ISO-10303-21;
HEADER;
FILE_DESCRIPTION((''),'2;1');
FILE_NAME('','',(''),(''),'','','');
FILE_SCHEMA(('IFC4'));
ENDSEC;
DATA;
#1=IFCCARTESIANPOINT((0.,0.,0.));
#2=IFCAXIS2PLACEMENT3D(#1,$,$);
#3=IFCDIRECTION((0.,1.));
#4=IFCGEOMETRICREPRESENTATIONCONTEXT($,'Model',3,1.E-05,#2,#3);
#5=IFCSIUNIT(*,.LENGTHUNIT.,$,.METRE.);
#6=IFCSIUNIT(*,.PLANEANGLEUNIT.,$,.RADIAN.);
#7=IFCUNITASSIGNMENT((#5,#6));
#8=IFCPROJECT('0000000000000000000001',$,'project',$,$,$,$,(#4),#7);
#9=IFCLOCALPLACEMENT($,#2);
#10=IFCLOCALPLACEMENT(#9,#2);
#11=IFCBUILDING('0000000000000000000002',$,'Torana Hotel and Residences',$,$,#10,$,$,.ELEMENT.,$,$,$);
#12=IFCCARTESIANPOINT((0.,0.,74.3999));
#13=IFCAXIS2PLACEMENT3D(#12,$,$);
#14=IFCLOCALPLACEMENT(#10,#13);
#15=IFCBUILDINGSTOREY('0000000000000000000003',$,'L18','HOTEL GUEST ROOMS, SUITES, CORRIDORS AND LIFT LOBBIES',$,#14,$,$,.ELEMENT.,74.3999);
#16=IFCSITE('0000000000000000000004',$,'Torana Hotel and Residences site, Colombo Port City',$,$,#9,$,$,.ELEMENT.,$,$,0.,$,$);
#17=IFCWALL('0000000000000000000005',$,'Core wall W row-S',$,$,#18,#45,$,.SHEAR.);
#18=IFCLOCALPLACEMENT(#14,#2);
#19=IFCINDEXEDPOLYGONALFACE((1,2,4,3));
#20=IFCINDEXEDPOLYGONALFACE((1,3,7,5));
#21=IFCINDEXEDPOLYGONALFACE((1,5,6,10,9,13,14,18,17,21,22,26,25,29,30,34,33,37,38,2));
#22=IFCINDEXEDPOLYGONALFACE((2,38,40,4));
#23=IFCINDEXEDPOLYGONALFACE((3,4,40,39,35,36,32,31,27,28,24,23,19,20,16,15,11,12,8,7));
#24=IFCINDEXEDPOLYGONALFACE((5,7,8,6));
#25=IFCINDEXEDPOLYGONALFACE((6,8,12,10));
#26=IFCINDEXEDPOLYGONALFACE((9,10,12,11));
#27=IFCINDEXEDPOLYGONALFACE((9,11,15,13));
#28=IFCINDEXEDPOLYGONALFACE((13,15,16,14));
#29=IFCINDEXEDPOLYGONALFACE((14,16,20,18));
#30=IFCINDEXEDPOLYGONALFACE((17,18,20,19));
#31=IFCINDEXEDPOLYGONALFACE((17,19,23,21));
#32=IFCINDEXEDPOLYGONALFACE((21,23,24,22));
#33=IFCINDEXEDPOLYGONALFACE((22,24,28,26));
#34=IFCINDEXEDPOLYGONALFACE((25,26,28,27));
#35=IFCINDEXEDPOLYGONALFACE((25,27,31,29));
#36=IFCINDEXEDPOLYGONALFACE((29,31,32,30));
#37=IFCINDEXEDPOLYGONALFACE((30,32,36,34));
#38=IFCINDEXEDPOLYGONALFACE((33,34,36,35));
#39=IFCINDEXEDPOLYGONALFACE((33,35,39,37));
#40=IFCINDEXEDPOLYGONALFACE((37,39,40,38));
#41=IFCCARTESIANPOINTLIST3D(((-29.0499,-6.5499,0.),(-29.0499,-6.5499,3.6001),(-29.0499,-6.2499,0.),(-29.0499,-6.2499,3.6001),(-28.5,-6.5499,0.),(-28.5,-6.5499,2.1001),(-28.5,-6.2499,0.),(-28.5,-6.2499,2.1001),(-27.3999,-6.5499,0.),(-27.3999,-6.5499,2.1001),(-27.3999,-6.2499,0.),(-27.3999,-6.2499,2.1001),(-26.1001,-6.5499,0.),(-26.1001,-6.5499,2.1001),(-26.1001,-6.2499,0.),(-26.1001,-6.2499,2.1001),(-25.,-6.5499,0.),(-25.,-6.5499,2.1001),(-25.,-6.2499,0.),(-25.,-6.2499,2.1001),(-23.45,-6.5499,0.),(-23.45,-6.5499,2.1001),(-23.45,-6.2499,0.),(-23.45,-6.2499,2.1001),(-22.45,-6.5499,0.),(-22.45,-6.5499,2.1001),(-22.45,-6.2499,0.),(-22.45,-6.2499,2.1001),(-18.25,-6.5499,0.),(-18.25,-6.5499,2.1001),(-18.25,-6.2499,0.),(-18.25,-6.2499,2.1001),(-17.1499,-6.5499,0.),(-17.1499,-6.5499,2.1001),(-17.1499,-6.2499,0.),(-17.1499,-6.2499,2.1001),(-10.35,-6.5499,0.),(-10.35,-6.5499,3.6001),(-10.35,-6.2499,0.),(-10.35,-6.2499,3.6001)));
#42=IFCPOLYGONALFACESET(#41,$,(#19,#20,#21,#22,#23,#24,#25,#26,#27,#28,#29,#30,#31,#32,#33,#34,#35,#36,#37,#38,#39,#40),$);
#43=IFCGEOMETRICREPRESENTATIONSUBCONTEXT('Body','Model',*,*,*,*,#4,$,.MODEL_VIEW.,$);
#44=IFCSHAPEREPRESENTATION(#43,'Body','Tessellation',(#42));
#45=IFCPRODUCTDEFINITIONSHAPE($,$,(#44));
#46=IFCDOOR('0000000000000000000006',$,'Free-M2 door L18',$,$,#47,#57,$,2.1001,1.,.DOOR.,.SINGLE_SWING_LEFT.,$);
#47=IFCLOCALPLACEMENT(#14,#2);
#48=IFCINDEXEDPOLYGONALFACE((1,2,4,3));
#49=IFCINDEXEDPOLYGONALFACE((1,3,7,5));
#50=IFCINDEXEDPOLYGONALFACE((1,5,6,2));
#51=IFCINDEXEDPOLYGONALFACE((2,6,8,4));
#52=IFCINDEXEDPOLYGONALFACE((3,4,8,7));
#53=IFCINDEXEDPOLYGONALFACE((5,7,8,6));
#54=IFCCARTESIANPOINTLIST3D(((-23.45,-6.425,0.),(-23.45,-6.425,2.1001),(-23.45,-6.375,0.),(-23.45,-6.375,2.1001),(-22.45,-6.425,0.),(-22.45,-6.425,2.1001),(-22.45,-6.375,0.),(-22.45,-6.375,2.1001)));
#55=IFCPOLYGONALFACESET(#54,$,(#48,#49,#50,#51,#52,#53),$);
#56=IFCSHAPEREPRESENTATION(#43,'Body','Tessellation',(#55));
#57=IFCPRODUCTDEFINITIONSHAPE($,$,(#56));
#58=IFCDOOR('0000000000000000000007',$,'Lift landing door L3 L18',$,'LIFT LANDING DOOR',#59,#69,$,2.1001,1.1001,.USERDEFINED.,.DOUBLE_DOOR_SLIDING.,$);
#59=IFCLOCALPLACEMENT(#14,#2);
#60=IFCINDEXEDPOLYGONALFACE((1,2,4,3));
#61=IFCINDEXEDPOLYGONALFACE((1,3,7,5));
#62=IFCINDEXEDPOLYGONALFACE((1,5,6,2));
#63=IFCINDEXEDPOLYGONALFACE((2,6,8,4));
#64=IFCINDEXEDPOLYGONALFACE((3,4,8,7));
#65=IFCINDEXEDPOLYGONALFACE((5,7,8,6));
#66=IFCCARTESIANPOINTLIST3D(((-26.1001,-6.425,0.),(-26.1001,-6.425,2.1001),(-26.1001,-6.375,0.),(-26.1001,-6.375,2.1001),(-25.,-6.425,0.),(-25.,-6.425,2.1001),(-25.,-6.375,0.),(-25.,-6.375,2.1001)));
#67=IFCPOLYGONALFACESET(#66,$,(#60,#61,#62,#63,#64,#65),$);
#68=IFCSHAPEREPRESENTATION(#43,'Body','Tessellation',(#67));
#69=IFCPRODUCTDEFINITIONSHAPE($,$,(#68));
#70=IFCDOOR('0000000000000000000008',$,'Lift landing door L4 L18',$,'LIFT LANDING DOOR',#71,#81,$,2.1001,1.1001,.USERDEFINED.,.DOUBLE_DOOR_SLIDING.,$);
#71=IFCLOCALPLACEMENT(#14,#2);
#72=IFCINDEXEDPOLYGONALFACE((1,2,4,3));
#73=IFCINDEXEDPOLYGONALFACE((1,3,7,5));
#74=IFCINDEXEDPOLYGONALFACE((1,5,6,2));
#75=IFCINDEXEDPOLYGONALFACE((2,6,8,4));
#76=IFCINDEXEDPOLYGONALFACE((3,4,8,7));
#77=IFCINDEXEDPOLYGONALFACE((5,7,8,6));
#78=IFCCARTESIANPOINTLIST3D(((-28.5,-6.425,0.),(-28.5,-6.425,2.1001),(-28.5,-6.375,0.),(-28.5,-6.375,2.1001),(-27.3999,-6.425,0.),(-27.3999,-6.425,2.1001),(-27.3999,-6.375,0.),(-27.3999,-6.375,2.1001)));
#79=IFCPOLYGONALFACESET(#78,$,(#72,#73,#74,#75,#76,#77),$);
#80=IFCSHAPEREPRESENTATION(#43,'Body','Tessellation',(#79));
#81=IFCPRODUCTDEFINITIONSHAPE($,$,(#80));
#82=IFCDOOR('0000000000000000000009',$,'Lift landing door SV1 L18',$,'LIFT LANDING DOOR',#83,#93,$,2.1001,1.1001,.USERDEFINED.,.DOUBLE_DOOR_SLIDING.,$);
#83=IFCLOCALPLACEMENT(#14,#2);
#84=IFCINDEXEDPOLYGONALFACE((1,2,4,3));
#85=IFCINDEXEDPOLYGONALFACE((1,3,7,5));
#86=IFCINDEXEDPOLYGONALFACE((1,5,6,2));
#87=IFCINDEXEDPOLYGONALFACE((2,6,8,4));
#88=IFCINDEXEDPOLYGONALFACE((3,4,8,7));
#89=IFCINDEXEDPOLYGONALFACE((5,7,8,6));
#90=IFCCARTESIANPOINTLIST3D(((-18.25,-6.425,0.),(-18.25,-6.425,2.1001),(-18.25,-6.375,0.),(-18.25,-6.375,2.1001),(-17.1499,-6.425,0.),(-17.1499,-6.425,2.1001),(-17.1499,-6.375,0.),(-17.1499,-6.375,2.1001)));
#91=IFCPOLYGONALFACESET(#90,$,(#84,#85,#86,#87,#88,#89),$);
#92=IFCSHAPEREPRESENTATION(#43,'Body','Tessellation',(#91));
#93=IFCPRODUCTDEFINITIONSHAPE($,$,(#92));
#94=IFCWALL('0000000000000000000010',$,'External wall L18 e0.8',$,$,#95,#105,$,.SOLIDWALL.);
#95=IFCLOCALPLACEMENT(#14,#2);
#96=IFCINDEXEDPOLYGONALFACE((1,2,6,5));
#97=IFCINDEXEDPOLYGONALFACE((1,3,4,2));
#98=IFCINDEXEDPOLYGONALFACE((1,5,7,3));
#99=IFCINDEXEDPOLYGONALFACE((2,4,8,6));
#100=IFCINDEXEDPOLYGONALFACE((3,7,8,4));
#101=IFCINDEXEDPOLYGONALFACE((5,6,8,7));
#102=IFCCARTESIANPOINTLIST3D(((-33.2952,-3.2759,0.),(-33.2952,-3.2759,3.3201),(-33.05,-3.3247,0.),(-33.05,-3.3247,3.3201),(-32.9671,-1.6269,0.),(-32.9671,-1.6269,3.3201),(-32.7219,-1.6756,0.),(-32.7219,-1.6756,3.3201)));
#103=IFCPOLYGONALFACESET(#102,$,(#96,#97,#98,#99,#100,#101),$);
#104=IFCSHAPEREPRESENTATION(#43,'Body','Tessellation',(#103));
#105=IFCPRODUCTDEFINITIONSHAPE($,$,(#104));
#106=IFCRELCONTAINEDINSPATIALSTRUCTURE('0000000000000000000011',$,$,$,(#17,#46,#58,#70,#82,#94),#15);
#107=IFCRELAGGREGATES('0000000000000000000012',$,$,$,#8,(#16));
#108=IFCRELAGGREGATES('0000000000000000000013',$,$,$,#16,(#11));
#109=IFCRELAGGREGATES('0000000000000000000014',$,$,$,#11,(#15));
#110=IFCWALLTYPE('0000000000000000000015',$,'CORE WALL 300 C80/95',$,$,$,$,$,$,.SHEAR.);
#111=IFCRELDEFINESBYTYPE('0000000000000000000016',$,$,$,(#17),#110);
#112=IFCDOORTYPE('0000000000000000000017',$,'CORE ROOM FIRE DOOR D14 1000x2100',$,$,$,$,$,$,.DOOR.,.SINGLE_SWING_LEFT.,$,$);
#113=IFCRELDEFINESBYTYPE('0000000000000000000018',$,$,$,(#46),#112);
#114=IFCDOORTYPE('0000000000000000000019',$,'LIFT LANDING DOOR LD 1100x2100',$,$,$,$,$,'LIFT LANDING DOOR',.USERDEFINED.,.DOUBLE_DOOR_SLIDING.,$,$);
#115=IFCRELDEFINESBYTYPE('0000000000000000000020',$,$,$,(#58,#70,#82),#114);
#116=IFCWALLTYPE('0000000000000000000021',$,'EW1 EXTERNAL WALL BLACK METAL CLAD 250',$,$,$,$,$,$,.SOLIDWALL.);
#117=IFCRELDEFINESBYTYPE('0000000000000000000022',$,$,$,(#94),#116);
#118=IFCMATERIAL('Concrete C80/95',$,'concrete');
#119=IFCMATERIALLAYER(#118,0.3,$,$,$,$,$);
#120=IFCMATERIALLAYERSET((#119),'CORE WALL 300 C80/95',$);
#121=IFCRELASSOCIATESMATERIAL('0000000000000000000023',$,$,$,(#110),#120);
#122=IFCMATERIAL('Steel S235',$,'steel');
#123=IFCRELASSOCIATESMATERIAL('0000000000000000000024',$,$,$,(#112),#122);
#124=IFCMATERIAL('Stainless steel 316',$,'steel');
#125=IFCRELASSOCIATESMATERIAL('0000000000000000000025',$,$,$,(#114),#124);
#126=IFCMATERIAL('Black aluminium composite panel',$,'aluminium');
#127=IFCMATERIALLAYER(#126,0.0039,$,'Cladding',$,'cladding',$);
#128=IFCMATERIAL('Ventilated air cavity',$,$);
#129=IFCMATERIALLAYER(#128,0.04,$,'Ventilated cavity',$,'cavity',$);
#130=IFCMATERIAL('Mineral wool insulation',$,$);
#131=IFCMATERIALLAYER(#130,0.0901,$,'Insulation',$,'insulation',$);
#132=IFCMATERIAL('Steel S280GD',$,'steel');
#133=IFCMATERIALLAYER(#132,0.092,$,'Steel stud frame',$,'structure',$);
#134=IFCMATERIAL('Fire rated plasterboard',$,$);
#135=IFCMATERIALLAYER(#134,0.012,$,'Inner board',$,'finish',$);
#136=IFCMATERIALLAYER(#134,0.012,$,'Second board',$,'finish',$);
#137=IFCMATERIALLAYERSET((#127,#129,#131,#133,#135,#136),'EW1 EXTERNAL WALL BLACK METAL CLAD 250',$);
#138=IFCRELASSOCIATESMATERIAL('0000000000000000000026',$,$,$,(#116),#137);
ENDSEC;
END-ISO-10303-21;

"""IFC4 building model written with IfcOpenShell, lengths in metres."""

from ifc_helpers import new_model, si_unit, direction, frame, frame_2d, origin, place, context, subcontext, project, spatial, rectangle, extrude, material, layer, layer_set, type_object, element, fill, save


model = new_model("IFC4")

# Units and contexts
model_context = context("Model", 3, precision=1e-05, world=origin(), true_north=direction((0.0, 1.0)))
body_context = subcontext(model_context, "Body", "Model", "MODEL_VIEW")
ifc_project = project(units=[si_unit("LENGTHUNIT", "METRE"), si_unit("PLANEANGLEUNIT", "RADIAN")], contexts=[model_context])

# Site, building, storey
site_placement = place(None, origin())
site = spatial("IfcSite", under=ifc_project, at=site_placement, Name="Torana Hotel and Residences site, Colombo Port City", CompositionType="ELEMENT", RefElevation=0.0)
building_placement = place(site_placement, origin())
building = spatial("IfcBuilding", under=site, at=building_placement, Name="Torana Hotel and Residences", CompositionType="ELEMENT")
storey_placement = place(building_placement, frame((0.0, 0.0, 74.3999)))
storey = spatial("IfcBuildingStorey", under=building, at=storey_placement, Name="L18", Description="HOTEL GUEST ROOMS, SUITES, CORRIDORS AND LIFT LOBBIES", CompositionType="ELEMENT", Elevation=74.3999)

# Wall, openings, doors
ifc_material_1 = material(Name="Concrete C80/95", Category="concrete")
ifc_layer_1 = layer(ifc_material_1, 0.3)
ifc_layer_set_1 = layer_set([ifc_layer_1], Name="CORE WALL 300 C80/95")
wall_type_1 = type_object("IfcWallType", Name="CORE WALL 300 C80/95", PredefinedType="SHEAR", material=ifc_layer_set_1)
ifc_material_2 = material(Name="Steel S235", Category="steel")
door_type_1 = type_object("IfcDoorType", Name="CORE ROOM FIRE DOOR D14 1000x2100", OperationType="SINGLE_SWING_LEFT", PredefinedType="DOOR", material=ifc_material_2)
ifc_material_3 = material(Name="Stainless steel 316", Category="steel")
door_type_2 = type_object("IfcDoorType", Name="LIFT LANDING DOOR LD 1100x2100", ElementType="LIFT LANDING DOOR", OperationType="DOUBLE_DOOR_SLIDING", PredefinedType="USERDEFINED", material=ifc_material_3)
wall_1_placement = place(storey_placement, frame((-29.05, -6.3999, 0.0), z_axis=(0.0, 0.0, 1.0), x_axis=(1.0, 0.0, 0.0)))
wall_1 = element("IfcWall", 1, at=wall_1_placement, inside=storey, type_object=wall_type_1, Name="Core wall W row-S", PredefinedType="SHEAR", context=body_context, shape_type="SweptSolid", body=[
    extrude(rectangle(XDim=18.7, YDim=0.3, at=frame_2d((9.3501, 0.0))), origin(), (0.0, 0.0, 1.0), 3.6001),
])
opening_1_placement = place(wall_1_placement, frame((2.95, 0.0, 0.0)))
opening_1 = element("IfcOpeningElement", 2, at=opening_1_placement, cuts=wall_1, PredefinedType="OPENING", context=body_context, shape_type="SweptSolid", body=[
    extrude(rectangle(XDim=1.1001, YDim=2.1001, at=frame_2d((0.55, 1.05))), frame((0.0, 0.1599, 0.0), z_axis=(0.0, -1.0, 0.0), x_axis=(1.0, 0.0, 0.0)), (0.0, 0.0, 1.0), 0.3201),
])
opening_2_placement = place(wall_1_placement, frame((0.55, 0.0, 0.0)))
opening_2 = element("IfcOpeningElement", 3, at=opening_2_placement, cuts=wall_1, PredefinedType="OPENING", context=body_context, shape_type="SweptSolid", body=[
    extrude(rectangle(XDim=1.1001, YDim=2.1001, at=frame_2d((0.55, 1.05))), frame((0.0, 0.1599, 0.0), z_axis=(0.0, -1.0, 0.0), x_axis=(1.0, 0.0, 0.0)), (0.0, 0.0, 1.0), 0.3201),
])
opening_3_placement = place(wall_1_placement, frame((10.8, 0.0, 0.0)))
opening_3 = element("IfcOpeningElement", 4, at=opening_3_placement, cuts=wall_1, PredefinedType="OPENING", context=body_context, shape_type="SweptSolid", body=[
    extrude(rectangle(XDim=1.1001, YDim=2.1001, at=frame_2d((0.55, 1.05))), frame((0.0, 0.1599, 0.0), z_axis=(0.0, -1.0, 0.0), x_axis=(1.0, 0.0, 0.0)), (0.0, 0.0, 1.0), 0.3201),
])
opening_4_placement = place(wall_1_placement, frame((5.6001, 0.0, 0.0)))
opening_4 = element("IfcOpeningElement", 5, at=opening_4_placement, cuts=wall_1, PredefinedType="OPENING", context=body_context, shape_type="SweptSolid", body=[
    extrude(rectangle(XDim=1.0, YDim=2.1001, at=frame_2d((0.5, 1.05))), frame((0.0, 0.1599, 0.0), z_axis=(0.0, -1.0, 0.0), x_axis=(1.0, 0.0, 0.0)), (0.0, 0.0, 1.0), 0.3201),
])
door_1_placement = place(opening_4_placement, frame((0.5, 0.0, 0.0), z_axis=(0.0, 0.0, 1.0), x_axis=(-1.0, 0.0, 0.0)))
door_1 = element("IfcDoor", 6, at=door_1_placement, inside=storey, type_object=door_type_1, Name="Free-M2 door L18", OperationType="SINGLE_SWING_LEFT", OverallHeight=2.1001, OverallWidth=1.0, PredefinedType="DOOR", context=body_context, shape_type="SweptSolid", body=[
    extrude(rectangle(XDim=1.0, YDim=2.1001, at=frame_2d((0.0, 1.05))), frame((0.0, -0.0249, 0.0), z_axis=(0.0, 1.0, 0.0), x_axis=(-1.0, 0.0, 0.0)), (0.0, 0.0, 1.0), 0.05),
])
fill(opening_4, door_1)
door_2_placement = place(opening_1_placement, origin())
door_2 = element("IfcDoor", 7, at=door_2_placement, inside=storey, type_object=door_type_2, Name="Lift landing door L3 L18", ObjectType="LIFT LANDING DOOR", OperationType="DOUBLE_DOOR_SLIDING", OverallHeight=2.1001, OverallWidth=1.1001, PredefinedType="USERDEFINED", context=body_context, shape_type="SweptSolid", body=[
    extrude(rectangle(XDim=1.1001, YDim=2.1001, at=frame_2d((0.55, 1.05))), frame((0.0, 0.0249, 0.0), z_axis=(0.0, -1.0, 0.0), x_axis=(1.0, 0.0, 0.0)), (0.0, 0.0, 1.0), 0.05),
])
fill(opening_1, door_2)
door_3_placement = place(opening_2_placement, origin())
door_3 = element("IfcDoor", 8, at=door_3_placement, inside=storey, type_object=door_type_2, Name="Lift landing door L4 L18", ObjectType="LIFT LANDING DOOR", OperationType="DOUBLE_DOOR_SLIDING", OverallHeight=2.1001, OverallWidth=1.1001, PredefinedType="USERDEFINED", context=body_context, shape_type="SweptSolid", body=[
    extrude(rectangle(XDim=1.1001, YDim=2.1001, at=frame_2d((0.55, 1.05))), frame((0.0, 0.0249, 0.0), z_axis=(0.0, -1.0, 0.0), x_axis=(1.0, 0.0, 0.0)), (0.0, 0.0, 1.0), 0.05),
])
fill(opening_2, door_3)
door_4_placement = place(opening_3_placement, origin())
door_4 = element("IfcDoor", 9, at=door_4_placement, inside=storey, type_object=door_type_2, Name="Lift landing door SV1 L18", ObjectType="LIFT LANDING DOOR", OperationType="DOUBLE_DOOR_SLIDING", OverallHeight=2.1001, OverallWidth=1.1001, PredefinedType="USERDEFINED", context=body_context, shape_type="SweptSolid", body=[
    extrude(rectangle(XDim=1.1001, YDim=2.1001, at=frame_2d((0.55, 1.05))), frame((0.0, 0.0249, 0.0), z_axis=(0.0, -1.0, 0.0), x_axis=(1.0, 0.0, 0.0)), (0.0, 0.0, 1.0), 0.05),
])
fill(opening_3, door_4)

# Wall
ifc_material_4 = material(Name="Black aluminium composite panel", Category="aluminium")
ifc_layer_2 = layer(ifc_material_4, 0.0039, Name="Cladding", Category="cladding")
ifc_material_5 = material(Name="Ventilated air cavity")
ifc_layer_3 = layer(ifc_material_5, 0.04, Name="Ventilated cavity", Category="cavity")
ifc_material_6 = material(Name="Mineral wool insulation")
ifc_layer_4 = layer(ifc_material_6, 0.0901, Name="Insulation", Category="insulation")
ifc_material_7 = material(Name="Steel S280GD", Category="steel")
ifc_layer_5 = layer(ifc_material_7, 0.092, Name="Steel stud frame", Category="structure")
ifc_material_8 = material(Name="Fire rated plasterboard")
ifc_layer_6 = layer(ifc_material_8, 0.012, Name="Inner board", Category="finish")
ifc_layer_7 = layer(ifc_material_8, 0.012, Name="Second board", Category="finish")
ifc_layer_set_2 = layer_set([ifc_layer_2, ifc_layer_3, ifc_layer_4, ifc_layer_5, ifc_layer_6, ifc_layer_7], Name="EW1 EXTERNAL WALL BLACK METAL CLAD 250")
wall_type_2 = type_object("IfcWallType", Name="EW1 EXTERNAL WALL BLACK METAL CLAD 250", PredefinedType="SOLIDWALL", material=ifc_layer_set_2)
wall_2_placement = place(storey_placement, frame((-32.8445, -1.6511, 0.0), z_axis=(0.0, 0.0, 1.0), x_axis=(-0.195139, -0.980776, 0.0)))
element("IfcWall", 10, at=wall_2_placement, inside=storey, type_object=wall_type_2, Name="External wall L18 e0.8", PredefinedType="SOLIDWALL", context=body_context, shape_type="SweptSolid", body=[
    extrude(rectangle(XDim=1.6814, YDim=0.25, at=frame_2d((0.8408, 0.0))), origin(), (0.0, 0.0, 1.0), 3.3201),
])

save(model, "model.ifc")
